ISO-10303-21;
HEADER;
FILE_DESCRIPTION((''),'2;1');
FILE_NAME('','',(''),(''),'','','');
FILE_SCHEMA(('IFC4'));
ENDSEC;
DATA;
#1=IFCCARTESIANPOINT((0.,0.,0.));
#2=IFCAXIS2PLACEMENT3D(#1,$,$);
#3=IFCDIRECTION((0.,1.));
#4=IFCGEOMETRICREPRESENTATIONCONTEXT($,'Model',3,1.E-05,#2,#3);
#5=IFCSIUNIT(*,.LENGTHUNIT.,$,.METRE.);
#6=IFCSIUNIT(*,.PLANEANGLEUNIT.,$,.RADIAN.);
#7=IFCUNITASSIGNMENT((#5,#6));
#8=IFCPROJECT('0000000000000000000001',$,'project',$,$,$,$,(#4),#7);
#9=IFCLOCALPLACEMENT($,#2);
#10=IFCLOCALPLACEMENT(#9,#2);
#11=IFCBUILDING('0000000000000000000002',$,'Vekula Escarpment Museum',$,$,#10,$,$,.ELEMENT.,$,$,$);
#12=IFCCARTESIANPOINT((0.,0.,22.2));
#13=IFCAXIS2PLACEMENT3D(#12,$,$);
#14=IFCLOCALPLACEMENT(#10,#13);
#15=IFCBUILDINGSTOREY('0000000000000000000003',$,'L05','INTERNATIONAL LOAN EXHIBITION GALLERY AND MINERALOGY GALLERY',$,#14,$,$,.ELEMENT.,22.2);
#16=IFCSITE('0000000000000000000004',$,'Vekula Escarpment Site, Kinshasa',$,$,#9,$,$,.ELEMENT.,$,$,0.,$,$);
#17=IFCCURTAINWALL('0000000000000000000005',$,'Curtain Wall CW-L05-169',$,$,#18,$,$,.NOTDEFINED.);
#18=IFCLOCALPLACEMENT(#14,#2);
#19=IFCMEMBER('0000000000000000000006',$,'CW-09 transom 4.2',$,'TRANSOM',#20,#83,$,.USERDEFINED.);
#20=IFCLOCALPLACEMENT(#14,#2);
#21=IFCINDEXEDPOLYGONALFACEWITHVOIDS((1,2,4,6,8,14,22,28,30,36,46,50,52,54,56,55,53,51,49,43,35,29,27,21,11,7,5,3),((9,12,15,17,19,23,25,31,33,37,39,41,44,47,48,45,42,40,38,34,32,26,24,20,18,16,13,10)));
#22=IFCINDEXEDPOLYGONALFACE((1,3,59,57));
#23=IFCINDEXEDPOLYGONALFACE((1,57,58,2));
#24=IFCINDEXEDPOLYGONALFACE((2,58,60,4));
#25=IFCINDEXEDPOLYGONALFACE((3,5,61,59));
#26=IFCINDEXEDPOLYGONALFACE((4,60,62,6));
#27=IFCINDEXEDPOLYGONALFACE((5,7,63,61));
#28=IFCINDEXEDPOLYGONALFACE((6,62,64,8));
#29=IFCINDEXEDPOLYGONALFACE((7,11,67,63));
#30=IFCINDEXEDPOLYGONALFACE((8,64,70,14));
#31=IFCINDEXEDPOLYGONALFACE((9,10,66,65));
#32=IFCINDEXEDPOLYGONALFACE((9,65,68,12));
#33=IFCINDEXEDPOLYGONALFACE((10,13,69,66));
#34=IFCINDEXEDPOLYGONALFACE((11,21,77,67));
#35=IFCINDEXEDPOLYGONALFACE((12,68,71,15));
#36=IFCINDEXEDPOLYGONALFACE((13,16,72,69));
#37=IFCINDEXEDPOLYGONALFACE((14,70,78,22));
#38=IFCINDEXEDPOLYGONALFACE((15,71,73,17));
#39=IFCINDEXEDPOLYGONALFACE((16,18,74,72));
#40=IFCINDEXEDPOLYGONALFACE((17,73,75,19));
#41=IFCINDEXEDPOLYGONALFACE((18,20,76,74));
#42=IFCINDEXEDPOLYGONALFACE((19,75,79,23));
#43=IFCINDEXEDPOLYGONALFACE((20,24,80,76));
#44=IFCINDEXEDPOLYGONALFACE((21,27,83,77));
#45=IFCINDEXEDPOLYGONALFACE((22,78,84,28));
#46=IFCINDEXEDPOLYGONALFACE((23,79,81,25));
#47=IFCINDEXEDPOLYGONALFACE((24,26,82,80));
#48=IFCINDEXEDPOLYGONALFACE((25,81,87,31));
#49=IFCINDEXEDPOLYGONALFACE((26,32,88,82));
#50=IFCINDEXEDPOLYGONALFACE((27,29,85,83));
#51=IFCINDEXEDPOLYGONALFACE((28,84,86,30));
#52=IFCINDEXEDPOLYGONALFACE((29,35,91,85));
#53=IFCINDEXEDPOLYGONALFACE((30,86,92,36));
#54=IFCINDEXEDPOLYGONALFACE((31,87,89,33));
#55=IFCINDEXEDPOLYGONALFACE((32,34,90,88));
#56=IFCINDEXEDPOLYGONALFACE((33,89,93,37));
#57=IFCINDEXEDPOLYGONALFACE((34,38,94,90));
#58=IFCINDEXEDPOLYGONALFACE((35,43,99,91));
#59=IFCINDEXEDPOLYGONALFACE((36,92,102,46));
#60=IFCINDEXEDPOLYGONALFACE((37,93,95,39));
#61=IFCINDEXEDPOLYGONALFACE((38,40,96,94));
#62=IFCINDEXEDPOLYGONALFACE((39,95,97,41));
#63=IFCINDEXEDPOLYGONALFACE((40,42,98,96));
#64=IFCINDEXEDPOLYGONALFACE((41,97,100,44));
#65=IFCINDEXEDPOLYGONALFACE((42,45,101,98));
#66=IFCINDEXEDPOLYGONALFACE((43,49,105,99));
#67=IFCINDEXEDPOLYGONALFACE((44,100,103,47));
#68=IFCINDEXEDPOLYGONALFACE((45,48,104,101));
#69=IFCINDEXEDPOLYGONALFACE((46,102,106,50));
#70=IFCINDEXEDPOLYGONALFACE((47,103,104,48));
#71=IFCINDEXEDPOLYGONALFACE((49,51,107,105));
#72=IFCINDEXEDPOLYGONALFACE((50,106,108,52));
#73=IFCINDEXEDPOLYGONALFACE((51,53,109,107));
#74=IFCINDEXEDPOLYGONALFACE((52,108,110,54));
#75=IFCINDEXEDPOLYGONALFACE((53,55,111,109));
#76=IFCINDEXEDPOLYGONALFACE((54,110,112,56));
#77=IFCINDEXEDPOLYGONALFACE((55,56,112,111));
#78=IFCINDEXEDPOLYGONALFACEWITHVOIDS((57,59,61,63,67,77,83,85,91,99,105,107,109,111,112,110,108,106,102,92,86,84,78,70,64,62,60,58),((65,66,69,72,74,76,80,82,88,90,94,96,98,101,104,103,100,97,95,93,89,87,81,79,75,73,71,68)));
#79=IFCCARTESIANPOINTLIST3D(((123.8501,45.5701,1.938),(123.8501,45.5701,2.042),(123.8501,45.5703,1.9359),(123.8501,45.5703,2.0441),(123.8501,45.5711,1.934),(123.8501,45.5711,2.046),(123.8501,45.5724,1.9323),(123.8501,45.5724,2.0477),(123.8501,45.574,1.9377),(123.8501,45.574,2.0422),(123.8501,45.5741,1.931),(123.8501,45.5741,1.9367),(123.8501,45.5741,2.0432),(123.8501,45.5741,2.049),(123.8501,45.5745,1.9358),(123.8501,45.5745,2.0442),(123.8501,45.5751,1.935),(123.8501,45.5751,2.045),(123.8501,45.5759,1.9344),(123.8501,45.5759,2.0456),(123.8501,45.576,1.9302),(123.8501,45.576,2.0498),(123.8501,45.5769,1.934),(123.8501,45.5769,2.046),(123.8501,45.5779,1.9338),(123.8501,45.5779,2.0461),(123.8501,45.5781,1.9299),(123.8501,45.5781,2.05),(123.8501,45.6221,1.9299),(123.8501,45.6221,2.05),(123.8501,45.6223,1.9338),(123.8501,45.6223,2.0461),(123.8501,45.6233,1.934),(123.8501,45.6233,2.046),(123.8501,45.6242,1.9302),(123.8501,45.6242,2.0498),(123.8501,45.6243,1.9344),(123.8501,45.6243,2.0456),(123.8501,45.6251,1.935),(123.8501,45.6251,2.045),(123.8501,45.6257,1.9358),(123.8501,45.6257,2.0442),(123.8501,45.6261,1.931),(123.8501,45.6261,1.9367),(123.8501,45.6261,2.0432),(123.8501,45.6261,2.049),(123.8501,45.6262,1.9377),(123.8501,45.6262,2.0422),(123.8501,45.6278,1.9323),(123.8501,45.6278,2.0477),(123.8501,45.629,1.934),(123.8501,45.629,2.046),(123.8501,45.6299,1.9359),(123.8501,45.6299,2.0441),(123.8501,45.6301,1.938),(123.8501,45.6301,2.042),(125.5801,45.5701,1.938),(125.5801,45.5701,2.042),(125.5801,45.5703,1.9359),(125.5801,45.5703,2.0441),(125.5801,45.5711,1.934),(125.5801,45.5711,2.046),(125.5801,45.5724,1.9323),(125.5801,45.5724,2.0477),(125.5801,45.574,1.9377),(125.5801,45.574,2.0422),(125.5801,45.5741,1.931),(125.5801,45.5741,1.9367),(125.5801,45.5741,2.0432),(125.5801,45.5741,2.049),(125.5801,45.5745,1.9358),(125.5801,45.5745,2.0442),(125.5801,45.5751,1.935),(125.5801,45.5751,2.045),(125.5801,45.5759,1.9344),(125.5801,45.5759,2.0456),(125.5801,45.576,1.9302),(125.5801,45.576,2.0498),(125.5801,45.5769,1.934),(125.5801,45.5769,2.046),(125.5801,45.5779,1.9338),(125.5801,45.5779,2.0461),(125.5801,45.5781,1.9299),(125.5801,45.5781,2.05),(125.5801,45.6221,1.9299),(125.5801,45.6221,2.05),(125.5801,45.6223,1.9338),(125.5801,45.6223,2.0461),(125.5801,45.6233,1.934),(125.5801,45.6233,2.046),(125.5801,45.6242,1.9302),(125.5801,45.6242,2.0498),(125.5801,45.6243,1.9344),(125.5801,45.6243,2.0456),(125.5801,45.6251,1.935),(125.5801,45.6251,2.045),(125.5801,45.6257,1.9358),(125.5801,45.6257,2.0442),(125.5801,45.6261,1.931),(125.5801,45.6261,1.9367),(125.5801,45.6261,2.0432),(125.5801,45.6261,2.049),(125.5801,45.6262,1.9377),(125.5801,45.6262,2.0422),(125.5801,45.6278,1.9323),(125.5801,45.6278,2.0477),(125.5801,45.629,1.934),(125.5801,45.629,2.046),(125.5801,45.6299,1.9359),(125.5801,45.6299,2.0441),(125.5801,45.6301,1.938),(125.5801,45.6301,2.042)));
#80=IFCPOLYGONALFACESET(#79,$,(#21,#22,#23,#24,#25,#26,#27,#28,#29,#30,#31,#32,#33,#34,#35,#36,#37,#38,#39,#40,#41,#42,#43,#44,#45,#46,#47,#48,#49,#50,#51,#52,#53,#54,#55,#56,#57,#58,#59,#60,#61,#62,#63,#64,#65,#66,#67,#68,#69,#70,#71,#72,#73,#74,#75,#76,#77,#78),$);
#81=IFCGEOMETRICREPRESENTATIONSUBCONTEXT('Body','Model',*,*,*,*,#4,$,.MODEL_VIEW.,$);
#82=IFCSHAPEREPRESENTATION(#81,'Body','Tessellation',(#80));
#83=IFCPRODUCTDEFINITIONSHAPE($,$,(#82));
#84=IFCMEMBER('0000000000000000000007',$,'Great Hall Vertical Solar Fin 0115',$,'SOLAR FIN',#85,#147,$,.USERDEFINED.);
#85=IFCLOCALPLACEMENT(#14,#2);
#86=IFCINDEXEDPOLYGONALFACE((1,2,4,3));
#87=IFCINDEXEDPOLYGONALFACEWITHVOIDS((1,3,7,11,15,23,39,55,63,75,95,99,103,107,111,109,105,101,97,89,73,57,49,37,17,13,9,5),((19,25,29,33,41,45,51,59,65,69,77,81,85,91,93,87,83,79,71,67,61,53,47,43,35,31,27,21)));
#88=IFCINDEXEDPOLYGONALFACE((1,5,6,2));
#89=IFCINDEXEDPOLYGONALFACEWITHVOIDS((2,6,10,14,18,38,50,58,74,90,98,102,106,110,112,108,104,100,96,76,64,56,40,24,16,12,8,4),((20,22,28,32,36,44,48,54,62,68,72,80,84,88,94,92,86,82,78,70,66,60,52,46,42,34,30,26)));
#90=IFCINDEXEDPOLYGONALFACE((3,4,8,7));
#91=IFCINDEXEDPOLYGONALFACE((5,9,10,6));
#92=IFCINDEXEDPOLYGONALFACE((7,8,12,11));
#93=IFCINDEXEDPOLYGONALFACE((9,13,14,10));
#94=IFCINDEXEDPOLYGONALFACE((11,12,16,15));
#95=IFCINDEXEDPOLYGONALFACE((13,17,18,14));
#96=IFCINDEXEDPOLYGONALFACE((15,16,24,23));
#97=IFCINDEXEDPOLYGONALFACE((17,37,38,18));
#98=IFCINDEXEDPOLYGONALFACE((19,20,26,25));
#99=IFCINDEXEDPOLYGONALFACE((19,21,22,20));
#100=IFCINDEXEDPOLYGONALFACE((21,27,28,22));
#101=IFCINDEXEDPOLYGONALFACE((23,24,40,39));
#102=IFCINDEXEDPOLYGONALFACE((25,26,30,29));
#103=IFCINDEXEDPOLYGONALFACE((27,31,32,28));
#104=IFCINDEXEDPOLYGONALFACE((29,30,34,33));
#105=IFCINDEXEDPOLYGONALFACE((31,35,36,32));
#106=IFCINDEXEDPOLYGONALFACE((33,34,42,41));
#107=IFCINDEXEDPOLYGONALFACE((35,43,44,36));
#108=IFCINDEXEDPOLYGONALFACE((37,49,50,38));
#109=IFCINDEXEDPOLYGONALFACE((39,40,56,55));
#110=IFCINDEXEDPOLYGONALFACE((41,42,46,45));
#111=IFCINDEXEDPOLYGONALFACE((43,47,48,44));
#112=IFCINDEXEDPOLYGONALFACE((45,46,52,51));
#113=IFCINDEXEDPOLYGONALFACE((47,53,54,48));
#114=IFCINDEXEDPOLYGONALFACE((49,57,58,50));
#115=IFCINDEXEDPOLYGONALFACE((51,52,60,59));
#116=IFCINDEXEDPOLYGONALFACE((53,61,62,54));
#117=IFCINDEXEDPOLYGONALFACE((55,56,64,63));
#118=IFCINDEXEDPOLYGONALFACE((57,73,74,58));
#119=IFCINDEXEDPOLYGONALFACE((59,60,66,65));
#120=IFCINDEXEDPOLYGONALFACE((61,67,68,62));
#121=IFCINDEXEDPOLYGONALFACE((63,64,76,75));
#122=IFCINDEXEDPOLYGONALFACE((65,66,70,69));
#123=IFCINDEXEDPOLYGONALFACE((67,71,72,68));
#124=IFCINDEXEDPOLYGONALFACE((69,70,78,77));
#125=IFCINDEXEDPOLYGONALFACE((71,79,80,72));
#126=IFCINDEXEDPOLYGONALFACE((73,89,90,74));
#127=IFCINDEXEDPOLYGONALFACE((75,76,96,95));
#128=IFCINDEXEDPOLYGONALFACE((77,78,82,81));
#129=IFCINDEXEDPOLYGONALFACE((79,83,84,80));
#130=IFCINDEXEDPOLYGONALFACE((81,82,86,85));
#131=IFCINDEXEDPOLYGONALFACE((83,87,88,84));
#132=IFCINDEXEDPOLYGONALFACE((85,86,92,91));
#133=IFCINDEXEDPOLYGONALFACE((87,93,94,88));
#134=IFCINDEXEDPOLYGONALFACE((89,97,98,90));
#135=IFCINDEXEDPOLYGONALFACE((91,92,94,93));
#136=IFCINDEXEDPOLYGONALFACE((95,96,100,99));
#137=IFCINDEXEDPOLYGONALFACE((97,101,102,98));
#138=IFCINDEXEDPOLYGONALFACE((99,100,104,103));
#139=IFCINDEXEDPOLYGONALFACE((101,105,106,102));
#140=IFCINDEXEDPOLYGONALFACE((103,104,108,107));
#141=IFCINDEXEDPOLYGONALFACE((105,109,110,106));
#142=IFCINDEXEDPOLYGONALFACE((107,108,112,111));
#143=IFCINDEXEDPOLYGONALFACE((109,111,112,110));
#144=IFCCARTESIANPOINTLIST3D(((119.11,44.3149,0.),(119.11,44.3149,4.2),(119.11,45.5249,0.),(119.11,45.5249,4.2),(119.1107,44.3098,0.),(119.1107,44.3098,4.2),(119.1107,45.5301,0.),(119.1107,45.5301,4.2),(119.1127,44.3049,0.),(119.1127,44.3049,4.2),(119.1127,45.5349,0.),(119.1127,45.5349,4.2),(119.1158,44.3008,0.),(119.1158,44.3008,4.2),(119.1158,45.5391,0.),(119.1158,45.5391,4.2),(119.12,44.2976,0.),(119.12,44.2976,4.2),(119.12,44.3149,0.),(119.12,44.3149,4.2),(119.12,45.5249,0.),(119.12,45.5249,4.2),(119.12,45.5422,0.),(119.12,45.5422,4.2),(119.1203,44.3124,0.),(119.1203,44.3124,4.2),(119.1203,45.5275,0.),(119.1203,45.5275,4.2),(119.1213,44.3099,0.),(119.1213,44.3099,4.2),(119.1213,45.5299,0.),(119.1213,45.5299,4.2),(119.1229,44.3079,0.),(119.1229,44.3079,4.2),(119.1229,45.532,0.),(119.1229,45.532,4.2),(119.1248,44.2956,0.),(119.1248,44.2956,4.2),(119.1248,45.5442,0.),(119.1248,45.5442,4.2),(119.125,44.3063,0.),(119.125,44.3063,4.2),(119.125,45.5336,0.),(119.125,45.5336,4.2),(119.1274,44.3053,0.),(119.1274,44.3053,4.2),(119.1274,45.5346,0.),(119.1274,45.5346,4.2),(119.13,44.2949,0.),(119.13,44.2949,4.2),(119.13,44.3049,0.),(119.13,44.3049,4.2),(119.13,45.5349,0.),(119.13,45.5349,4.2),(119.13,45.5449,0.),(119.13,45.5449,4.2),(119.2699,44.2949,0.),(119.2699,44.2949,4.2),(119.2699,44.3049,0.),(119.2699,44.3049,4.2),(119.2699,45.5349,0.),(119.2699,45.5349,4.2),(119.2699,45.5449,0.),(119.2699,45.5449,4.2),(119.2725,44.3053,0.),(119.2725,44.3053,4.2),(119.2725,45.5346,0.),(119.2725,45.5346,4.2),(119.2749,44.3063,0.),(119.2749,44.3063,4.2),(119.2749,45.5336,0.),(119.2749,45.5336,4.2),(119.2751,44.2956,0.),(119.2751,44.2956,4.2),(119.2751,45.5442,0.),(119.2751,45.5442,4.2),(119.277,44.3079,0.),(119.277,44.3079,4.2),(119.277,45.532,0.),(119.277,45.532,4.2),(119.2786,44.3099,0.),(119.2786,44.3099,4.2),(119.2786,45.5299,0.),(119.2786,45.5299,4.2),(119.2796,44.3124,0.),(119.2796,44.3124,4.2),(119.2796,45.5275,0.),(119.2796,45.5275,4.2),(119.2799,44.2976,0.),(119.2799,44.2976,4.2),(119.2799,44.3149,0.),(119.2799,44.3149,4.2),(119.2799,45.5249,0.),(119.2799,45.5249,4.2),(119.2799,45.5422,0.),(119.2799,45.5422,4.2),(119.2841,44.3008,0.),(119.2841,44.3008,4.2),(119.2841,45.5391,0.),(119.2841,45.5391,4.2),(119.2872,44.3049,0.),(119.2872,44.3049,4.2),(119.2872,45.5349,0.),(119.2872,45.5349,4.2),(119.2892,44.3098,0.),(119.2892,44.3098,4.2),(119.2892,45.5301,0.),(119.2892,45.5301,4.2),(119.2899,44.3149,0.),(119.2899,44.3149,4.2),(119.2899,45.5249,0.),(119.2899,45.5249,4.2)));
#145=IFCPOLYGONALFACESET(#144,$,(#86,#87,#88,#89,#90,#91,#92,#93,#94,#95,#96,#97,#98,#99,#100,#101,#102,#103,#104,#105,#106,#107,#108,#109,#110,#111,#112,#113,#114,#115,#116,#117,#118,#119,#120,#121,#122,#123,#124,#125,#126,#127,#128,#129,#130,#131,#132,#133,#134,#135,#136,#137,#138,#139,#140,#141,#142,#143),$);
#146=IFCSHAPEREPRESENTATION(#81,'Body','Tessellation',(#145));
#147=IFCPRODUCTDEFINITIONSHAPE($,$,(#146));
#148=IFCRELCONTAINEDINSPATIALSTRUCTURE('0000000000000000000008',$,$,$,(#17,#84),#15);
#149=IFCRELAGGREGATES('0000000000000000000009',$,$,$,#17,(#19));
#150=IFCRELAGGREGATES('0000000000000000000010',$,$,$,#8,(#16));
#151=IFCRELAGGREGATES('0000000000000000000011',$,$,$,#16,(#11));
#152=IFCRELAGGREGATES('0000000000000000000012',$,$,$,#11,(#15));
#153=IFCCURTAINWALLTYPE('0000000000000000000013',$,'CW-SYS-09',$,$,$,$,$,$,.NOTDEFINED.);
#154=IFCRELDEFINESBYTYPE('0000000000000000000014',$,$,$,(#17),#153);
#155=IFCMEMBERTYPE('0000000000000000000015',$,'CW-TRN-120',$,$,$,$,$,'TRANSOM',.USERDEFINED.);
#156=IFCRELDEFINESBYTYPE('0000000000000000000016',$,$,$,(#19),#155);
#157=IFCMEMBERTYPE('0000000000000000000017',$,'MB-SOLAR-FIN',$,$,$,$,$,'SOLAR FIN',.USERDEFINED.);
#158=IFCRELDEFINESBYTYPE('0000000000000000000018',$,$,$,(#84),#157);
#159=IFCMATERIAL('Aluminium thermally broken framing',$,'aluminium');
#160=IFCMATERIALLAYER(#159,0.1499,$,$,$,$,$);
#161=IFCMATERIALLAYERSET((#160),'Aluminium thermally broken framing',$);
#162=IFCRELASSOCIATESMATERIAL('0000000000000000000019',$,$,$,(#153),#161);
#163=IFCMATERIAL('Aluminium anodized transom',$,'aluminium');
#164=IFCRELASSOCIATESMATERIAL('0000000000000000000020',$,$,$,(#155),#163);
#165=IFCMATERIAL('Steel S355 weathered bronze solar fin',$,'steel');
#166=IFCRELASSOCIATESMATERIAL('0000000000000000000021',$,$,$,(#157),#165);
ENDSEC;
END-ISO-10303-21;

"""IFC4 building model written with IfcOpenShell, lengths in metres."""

from ifc_helpers import new_model, si_unit, direction, frame, origin, origin_2d, place, context, subcontext, project, spatial, hollow_rectangle, extrude, material, layer, layer_set, material_profile, profile_set, type_object, element, aggregate, save


model = new_model("IFC4")

# Units and contexts
model_context = context("Model", 3, precision=1e-05, world=origin(), true_north=direction((0.0, 1.0)))
body_context = subcontext(model_context, "Body", "Model", "MODEL_VIEW")
ifc_project = project(units=[si_unit("LENGTHUNIT", "METRE"), si_unit("PLANEANGLEUNIT", "RADIAN")], contexts=[model_context])

# Site, building, storey
site_placement = place(None, origin())
site = spatial("IfcSite", under=ifc_project, at=site_placement, Name="Vekula Escarpment Site, Kinshasa", CompositionType="ELEMENT", RefElevation=0.0)
building_placement = place(site_placement, origin())
building = spatial("IfcBuilding", under=site, at=building_placement, Name="Vekula Escarpment Museum", CompositionType="ELEMENT")
storey_placement = place(building_placement, frame((0.0, 0.0, 22.2)))
storey = spatial("IfcBuildingStorey", under=building, at=storey_placement, Name="L05", Description="INTERNATIONAL LOAN EXHIBITION GALLERY AND MINERALOGY GALLERY", CompositionType="ELEMENT", Elevation=22.2)

# Curtain wall, member
ifc_material_1 = material(Name="Aluminium thermally broken framing", Category="aluminium")
ifc_layer_1 = layer(ifc_material_1, 0.1499)
ifc_layer_set_1 = layer_set([ifc_layer_1], Name="Aluminium thermally broken framing")
curtain_wall_type = type_object("IfcCurtainWallType", Name="CW-SYS-09", PredefinedType="NOTDEFINED", material=ifc_layer_set_1)
curtain_wall_placement = place(storey_placement, origin())
curtain_wall = element("IfcCurtainWall", 1, at=curtain_wall_placement, inside=storey, type_object=curtain_wall_type, Name="Curtain Wall CW-L05-169", PredefinedType="NOTDEFINED")
ifc_material_2 = material(Name="Aluminium anodized transom", Category="aluminium")
ifc_material_profile_1 = material_profile(ifc_material_2, hollow_rectangle(XDim=0.0601, YDim=0.1201, WallThickness=0.0039, InnerFilletRadius=0.0039, OuterFilletRadius=0.0081, at=origin_2d()), Name="ALU 120x60x4")
ifc_profile_set_1 = profile_set([ifc_material_profile_1], Name="Aluminium anodized transom")
member_type_1 = type_object("IfcMemberType", Name="CW-TRN-120", ElementType="TRANSOM", PredefinedType="USERDEFINED", material=ifc_profile_set_1)
member_1_placement = place(storey_placement, frame((123.8501, 45.6001, 1.99), z_axis=(1.0, 0.0, 0.0), x_axis=(0.0, 1.0, 0.0)))
member_1 = element("IfcMember", 2, at=member_1_placement, type_object=member_type_1, Name="CW-09 transom 4.2", ObjectType="TRANSOM", PredefinedType="USERDEFINED", context=body_context, shape_type="SweptSolid", body=[
    extrude(hollow_rectangle(XDim=0.0601, YDim=0.1201, WallThickness=0.0039, InnerFilletRadius=0.0039, OuterFilletRadius=0.0081, at=origin_2d()), origin(), (0.0, 0.0, 1.0), 1.73),
])

# Member
ifc_material_3 = material(Name="Steel S355 weathered bronze solar fin", Category="steel")
ifc_material_profile_2 = material_profile(ifc_material_3, hollow_rectangle(XDim=0.1799, YDim=1.25, WallThickness=0.01, InnerFilletRadius=0.01, OuterFilletRadius=0.02, at=origin_2d()), Name="RHS 1250x180x10")
ifc_profile_set_2 = profile_set([ifc_material_profile_2], Name="Steel S355 weathered bronze solar fin")
member_type_2 = type_object("IfcMemberType", Name="MB-SOLAR-FIN", ElementType="SOLAR FIN", PredefinedType="USERDEFINED", material=ifc_profile_set_2)
for number, where, z_axis, x_axis, name in (
    (3, (119.2, 44.9199, 0.0), (0.0, 0.0, 1.0), (1.0, 0.0, 0.0), "Great Hall Vertical Solar Fin 0115"),
):
    element("IfcMember", number, at=place(storey_placement, frame(where, z_axis=z_axis, x_axis=x_axis)), inside=storey, type_object=member_type_2, Name=name, ObjectType="SOLAR FIN", PredefinedType="USERDEFINED", context=body_context, shape_type="SweptSolid", body=[
        extrude(hollow_rectangle(XDim=0.1799, YDim=1.25, WallThickness=0.01, InnerFilletRadius=0.01, OuterFilletRadius=0.02, at=origin_2d()), origin(), (0.0, 0.0, 1.0), 4.2),
    ])

aggregate(curtain_wall, [member_1])

save(model, "model.ifc")
